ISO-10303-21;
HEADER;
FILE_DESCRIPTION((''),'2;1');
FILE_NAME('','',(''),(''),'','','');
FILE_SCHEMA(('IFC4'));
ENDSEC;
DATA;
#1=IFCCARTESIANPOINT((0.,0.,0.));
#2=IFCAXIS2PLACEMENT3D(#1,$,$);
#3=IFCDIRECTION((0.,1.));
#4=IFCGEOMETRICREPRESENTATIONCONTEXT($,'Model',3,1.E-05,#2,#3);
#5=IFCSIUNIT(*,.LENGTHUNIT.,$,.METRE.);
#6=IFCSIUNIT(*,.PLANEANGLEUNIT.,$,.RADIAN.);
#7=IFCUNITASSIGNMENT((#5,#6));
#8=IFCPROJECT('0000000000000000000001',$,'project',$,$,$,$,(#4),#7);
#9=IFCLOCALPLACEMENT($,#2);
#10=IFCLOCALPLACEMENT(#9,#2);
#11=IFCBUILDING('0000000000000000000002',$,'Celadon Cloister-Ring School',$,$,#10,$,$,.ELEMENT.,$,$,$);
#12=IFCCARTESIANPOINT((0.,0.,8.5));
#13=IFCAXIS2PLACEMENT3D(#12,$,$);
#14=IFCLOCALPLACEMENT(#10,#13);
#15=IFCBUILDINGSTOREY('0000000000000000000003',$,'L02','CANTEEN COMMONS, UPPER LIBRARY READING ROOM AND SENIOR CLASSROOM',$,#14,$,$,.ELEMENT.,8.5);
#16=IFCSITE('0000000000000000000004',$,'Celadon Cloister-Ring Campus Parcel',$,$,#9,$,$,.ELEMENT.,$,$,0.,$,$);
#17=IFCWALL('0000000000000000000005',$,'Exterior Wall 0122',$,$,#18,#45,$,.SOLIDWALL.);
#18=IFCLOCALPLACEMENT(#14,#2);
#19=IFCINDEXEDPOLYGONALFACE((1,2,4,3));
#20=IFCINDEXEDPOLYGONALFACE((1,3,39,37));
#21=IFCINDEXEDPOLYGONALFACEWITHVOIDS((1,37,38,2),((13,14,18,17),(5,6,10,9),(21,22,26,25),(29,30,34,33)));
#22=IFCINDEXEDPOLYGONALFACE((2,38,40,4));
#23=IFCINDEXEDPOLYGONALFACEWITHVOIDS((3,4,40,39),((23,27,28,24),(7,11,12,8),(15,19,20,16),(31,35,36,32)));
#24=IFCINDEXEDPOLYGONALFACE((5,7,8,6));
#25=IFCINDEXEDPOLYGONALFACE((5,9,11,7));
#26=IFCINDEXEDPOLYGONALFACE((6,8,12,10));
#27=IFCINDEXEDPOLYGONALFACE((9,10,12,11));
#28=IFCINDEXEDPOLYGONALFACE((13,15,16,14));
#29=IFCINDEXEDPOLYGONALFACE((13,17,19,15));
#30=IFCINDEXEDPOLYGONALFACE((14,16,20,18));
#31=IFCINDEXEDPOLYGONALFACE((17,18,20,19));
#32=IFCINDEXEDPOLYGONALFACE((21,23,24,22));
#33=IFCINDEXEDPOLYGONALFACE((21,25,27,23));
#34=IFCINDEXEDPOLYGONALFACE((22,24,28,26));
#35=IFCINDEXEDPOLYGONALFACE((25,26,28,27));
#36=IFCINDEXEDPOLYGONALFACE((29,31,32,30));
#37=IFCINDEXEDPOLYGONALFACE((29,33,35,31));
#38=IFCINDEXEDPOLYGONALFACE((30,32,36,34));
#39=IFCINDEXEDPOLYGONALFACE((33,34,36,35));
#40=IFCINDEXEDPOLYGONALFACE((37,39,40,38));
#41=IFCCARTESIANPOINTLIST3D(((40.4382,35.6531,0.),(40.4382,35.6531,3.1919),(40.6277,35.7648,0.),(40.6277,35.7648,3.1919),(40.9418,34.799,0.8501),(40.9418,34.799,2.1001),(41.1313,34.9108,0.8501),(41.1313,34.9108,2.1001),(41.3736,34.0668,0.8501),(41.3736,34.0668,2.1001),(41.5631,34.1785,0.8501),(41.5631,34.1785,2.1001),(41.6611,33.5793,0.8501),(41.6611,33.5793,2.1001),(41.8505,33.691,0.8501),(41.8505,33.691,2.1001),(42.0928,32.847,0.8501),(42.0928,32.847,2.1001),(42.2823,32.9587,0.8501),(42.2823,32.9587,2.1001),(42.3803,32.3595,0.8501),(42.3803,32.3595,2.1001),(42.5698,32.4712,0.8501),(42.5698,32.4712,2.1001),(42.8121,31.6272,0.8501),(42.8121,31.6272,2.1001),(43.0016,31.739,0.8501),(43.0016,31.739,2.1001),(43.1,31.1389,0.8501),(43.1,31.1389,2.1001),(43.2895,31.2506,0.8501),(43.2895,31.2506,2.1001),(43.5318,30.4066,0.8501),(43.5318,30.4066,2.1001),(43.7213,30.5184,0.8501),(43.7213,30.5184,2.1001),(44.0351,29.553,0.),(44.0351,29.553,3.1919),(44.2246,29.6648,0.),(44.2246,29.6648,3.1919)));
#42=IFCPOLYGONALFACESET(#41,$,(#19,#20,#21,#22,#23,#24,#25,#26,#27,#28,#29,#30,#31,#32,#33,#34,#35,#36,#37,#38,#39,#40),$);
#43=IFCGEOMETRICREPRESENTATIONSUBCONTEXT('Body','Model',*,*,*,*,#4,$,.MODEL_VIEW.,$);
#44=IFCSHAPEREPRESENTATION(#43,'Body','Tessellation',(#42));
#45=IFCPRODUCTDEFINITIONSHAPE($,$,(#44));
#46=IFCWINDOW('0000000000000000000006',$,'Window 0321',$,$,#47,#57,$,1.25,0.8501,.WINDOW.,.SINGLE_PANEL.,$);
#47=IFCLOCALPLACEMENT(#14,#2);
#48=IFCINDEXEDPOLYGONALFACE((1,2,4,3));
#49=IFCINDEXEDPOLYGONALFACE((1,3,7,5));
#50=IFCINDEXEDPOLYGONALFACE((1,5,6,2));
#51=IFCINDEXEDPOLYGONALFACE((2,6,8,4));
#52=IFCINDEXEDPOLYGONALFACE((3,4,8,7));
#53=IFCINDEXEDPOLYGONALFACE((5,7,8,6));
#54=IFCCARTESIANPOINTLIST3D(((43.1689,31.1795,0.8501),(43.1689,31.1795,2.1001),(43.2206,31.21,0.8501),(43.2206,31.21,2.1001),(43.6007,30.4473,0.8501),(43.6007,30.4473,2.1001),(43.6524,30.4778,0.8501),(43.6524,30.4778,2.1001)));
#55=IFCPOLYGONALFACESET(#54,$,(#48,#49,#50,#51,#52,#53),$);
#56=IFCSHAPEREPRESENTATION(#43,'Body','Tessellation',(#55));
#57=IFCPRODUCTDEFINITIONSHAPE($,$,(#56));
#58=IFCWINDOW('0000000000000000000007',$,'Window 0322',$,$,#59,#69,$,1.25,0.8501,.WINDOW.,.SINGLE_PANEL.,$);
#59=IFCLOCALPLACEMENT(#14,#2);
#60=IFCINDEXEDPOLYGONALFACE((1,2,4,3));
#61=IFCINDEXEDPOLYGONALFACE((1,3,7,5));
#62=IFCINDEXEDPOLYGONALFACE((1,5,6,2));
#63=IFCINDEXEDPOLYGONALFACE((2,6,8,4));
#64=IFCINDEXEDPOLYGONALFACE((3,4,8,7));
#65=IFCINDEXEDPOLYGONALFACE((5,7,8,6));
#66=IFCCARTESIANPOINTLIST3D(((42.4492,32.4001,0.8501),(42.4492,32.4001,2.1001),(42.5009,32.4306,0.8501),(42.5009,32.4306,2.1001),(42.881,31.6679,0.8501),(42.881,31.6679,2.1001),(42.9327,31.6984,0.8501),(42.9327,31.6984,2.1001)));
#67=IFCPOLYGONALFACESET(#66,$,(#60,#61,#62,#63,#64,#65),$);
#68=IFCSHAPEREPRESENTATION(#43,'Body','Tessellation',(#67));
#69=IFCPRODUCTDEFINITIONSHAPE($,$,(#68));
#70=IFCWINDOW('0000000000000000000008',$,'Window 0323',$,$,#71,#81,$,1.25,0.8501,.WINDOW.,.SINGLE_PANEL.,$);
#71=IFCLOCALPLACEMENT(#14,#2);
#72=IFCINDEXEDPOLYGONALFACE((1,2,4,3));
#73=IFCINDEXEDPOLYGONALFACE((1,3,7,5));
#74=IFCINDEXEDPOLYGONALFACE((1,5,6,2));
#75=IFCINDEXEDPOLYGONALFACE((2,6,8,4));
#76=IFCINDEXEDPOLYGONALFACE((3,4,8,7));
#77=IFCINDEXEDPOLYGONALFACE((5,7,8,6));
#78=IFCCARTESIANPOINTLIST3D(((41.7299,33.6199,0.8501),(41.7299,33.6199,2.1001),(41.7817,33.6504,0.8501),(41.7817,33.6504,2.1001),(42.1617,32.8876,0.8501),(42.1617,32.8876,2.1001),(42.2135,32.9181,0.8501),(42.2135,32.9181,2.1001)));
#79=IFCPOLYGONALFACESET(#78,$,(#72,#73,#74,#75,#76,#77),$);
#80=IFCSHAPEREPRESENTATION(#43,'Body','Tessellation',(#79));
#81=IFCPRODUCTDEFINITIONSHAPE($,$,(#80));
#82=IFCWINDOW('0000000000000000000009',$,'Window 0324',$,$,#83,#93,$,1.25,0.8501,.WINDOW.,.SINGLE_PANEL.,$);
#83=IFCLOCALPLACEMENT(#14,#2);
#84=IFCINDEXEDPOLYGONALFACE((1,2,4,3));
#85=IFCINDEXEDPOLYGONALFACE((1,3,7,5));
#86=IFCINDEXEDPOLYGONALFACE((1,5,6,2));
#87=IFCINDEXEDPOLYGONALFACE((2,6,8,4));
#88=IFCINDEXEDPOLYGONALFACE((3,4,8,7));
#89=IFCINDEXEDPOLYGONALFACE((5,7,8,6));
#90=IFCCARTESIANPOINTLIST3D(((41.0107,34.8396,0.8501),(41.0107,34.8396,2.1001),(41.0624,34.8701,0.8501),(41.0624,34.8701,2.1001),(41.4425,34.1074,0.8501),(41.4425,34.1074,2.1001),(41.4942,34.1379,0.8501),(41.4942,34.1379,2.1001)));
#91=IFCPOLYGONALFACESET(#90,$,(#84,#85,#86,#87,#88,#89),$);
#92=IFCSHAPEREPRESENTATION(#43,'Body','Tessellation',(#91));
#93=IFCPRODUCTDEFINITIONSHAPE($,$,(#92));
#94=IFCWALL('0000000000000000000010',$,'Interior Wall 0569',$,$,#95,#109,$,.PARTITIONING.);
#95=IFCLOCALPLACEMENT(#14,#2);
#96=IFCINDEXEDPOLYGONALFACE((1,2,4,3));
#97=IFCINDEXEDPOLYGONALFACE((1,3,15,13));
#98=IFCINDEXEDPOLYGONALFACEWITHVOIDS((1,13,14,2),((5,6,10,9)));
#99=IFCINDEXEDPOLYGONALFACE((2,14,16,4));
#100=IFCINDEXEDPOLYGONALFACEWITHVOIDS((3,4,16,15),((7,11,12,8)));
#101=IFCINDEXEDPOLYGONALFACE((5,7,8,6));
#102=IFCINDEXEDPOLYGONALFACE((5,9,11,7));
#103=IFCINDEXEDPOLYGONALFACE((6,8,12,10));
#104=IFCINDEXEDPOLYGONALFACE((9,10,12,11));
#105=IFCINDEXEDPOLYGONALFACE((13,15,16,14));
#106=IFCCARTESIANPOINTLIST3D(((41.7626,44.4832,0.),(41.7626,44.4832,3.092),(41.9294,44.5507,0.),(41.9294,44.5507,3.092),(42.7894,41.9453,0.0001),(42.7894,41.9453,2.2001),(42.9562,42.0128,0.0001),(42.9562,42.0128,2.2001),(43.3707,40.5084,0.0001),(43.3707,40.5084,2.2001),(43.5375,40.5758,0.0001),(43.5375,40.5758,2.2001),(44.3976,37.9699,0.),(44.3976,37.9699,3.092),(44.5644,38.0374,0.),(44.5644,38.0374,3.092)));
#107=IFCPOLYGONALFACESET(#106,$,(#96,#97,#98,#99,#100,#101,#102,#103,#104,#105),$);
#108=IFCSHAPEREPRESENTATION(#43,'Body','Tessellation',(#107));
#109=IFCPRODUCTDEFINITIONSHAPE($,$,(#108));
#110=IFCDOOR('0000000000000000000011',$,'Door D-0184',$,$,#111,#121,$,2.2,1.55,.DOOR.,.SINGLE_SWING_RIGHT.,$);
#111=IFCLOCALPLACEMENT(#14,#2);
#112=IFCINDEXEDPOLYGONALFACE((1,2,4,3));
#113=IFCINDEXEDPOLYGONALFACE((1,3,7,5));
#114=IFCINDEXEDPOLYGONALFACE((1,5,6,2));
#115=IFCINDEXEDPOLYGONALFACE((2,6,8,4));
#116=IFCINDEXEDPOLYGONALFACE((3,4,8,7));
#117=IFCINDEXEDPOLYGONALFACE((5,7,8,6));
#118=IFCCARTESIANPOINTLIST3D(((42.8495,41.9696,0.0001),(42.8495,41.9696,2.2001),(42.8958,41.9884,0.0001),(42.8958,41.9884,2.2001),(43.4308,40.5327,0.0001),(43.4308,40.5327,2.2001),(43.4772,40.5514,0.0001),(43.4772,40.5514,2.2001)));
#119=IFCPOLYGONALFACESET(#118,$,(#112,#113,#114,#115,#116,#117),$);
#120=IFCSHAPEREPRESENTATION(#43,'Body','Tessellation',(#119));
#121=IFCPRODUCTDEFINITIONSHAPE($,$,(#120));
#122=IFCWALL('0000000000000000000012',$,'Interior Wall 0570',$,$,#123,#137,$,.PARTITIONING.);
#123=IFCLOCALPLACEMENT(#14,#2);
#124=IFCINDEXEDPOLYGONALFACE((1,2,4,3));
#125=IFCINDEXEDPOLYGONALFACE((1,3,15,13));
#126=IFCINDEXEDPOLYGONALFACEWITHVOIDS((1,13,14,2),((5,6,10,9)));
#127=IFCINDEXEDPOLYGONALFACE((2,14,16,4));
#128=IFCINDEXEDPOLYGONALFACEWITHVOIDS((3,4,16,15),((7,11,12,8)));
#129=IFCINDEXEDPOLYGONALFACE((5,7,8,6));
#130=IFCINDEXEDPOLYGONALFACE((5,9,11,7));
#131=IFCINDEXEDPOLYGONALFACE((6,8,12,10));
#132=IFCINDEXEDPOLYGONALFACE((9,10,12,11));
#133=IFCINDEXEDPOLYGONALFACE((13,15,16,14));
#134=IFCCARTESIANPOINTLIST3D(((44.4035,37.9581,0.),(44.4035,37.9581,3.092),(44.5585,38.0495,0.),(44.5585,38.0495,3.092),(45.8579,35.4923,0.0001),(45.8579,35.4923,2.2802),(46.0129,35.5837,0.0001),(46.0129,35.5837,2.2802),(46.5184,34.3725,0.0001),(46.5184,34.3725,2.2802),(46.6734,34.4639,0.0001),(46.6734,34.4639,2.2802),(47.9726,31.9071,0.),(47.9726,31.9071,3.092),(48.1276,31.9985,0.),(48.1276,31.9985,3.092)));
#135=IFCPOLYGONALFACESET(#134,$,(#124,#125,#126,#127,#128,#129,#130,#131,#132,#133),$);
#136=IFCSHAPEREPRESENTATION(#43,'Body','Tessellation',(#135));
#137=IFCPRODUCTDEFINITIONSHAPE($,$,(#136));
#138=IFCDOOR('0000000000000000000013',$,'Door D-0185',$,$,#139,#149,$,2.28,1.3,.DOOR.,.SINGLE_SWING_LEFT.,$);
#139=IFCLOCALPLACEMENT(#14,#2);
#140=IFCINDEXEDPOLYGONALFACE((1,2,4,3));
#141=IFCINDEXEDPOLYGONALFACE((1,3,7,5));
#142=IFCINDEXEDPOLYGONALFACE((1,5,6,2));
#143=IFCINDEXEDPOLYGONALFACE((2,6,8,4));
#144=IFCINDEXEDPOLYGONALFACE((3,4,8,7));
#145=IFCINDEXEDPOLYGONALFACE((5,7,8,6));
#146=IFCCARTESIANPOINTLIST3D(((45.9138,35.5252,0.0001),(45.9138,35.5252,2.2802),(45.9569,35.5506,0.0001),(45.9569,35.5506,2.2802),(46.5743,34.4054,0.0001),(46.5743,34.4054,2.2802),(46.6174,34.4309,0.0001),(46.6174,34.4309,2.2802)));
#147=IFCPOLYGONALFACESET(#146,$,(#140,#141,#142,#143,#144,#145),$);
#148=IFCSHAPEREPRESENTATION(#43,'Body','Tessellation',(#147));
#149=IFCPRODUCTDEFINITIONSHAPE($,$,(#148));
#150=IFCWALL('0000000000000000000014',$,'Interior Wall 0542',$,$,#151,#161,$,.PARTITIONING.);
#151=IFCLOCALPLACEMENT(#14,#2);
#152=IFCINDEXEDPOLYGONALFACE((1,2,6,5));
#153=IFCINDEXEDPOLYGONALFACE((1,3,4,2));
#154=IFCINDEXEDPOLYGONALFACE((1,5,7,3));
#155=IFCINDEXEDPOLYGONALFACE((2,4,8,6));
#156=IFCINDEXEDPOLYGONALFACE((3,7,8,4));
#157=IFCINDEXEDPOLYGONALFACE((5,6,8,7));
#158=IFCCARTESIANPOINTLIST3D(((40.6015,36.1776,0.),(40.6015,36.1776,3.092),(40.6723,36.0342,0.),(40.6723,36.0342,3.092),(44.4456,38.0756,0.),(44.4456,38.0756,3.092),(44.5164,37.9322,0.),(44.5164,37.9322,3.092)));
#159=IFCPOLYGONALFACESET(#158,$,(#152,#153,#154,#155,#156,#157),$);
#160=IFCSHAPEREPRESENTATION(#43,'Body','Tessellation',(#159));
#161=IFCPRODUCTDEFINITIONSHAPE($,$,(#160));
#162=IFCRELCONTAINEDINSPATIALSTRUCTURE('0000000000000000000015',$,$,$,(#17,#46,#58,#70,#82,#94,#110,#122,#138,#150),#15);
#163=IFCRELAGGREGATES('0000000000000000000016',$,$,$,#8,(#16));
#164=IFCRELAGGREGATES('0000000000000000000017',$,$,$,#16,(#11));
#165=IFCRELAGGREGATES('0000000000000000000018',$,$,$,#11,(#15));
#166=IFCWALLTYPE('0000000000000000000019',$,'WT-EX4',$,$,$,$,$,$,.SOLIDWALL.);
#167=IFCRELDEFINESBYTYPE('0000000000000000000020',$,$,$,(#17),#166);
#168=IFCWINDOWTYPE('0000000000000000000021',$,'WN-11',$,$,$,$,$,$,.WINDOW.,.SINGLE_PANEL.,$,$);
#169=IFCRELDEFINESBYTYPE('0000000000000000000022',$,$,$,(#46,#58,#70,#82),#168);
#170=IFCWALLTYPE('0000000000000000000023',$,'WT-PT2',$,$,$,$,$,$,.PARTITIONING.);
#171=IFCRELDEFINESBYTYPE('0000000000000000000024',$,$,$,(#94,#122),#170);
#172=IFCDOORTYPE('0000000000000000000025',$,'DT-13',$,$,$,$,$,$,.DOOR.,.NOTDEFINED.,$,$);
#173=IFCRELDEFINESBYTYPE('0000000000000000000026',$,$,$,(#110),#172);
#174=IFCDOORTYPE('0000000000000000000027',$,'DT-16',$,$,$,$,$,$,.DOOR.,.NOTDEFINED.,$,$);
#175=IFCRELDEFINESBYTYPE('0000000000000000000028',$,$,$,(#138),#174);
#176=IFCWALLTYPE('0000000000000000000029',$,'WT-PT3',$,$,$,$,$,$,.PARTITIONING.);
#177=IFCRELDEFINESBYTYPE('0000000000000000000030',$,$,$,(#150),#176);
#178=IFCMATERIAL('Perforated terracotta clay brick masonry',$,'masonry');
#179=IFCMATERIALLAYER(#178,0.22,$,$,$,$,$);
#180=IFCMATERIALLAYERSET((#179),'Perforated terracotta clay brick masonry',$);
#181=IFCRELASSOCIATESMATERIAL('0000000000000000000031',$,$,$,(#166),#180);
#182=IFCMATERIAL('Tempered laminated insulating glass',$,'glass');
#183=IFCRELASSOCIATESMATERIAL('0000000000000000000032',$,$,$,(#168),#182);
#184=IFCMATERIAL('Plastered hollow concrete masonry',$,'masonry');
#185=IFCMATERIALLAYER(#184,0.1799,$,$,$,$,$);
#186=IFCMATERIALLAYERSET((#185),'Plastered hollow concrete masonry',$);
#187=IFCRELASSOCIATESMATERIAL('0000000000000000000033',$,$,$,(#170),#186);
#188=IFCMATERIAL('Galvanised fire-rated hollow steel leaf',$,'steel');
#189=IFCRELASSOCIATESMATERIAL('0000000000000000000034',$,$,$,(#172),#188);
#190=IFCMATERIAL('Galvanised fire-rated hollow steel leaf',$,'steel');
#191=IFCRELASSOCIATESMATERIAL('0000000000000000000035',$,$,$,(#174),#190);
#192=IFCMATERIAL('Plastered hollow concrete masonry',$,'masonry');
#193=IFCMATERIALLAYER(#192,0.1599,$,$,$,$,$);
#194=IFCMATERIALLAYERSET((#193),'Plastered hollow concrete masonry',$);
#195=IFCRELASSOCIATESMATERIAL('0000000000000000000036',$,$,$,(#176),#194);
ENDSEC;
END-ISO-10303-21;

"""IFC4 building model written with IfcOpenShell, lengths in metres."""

from ifc_helpers import new_model, si_unit, direction, frame, frame_2d, origin, place, context, subcontext, project, spatial, rectangle, extrude, material, layer, layer_set, type_object, element, fill, save


model = new_model("IFC4")

# Units and contexts
model_context = context("Model", 3, precision=1e-05, world=origin(), true_north=direction((0.0, 1.0)))
body_context = subcontext(model_context, "Body", "Model", "MODEL_VIEW")
ifc_project = project(units=[si_unit("LENGTHUNIT", "METRE"), si_unit("PLANEANGLEUNIT", "RADIAN")], contexts=[model_context])

# Site, building, storey
site_placement = place(None, origin())
site = spatial("IfcSite", under=ifc_project, at=site_placement, Name="Celadon Cloister-Ring Campus Parcel", CompositionType="ELEMENT", RefElevation=0.0)
building_placement = place(site_placement, origin())
building = spatial("IfcBuilding", under=site, at=building_placement, Name="Celadon Cloister-Ring School", CompositionType="ELEMENT")
storey_placement = place(building_placement, frame((0.0, 0.0, 8.5)))
storey = spatial("IfcBuildingStorey", under=building, at=storey_placement, Name="L02", Description="CANTEEN COMMONS, UPPER LIBRARY READING ROOM AND SENIOR CLASSROOM", CompositionType="ELEMENT", Elevation=8.5)

# Wall, openings, windows
ifc_material_1 = material(Name="Perforated terracotta clay brick masonry", Category="masonry")
ifc_layer_1 = layer(ifc_material_1, 0.22)
ifc_layer_set_1 = layer_set([ifc_layer_1], Name="Perforated terracotta clay brick masonry")
wall_type_1 = type_object("IfcWallType", Name="WT-EX4", PredefinedType="SOLIDWALL", material=ifc_layer_set_1)
wall_1_placement = place(storey_placement, frame((44.1299, 29.6089, 0.0), z_axis=(0.0, 0.0, 1.0), x_axis=(-0.507925, 0.861401, 0.0)))
wall_1 = element("IfcWall", 1, at=wall_1_placement, inside=storey, type_object=wall_type_1, Name="Exterior Wall 0122", PredefinedType="SOLIDWALL", context=body_context, shape_type="SweptSolid", body=[
    extrude(rectangle(XDim=7.0815, YDim=0.22, at=frame_2d((3.5408, 0.0))), origin(), (0.0, 0.0, 1.0), 3.1919),
])
opening_1_placement = place(wall_1_placement, frame((0.991, 0.0, 0.8501)))
opening_1 = element("IfcOpeningElement", 2, at=opening_1_placement, cuts=wall_1, PredefinedType="OPENING", context=body_context, shape_type="SweptSolid", body=[
    extrude(rectangle(XDim=0.8501, YDim=1.25, at=frame_2d((0.425, 0.625))), frame((0.0, 0.1201, 0.0), z_axis=(0.0, -1.0, 0.0), x_axis=(1.0, 0.0, 0.0)), (0.0, 0.0, 1.0), 0.24),
])
opening_2_placement = place(wall_1_placement, frame((2.408, 0.0, 0.8501)))
opening_2 = element("IfcOpeningElement", 3, at=opening_2_placement, cuts=wall_1, PredefinedType="OPENING", context=body_context, shape_type="SweptSolid", body=[
    extrude(rectangle(XDim=0.8501, YDim=1.25, at=frame_2d((0.425, 0.625))), frame((0.0, 0.1201, 0.0), z_axis=(0.0, -1.0, 0.0), x_axis=(1.0, 0.0, 0.0)), (0.0, 0.0, 1.0), 0.24),
])
opening_3_placement = place(wall_1_placement, frame((3.824, 0.0, 0.8501)))
opening_3 = element("IfcOpeningElement", 4, at=opening_3_placement, cuts=wall_1, PredefinedType="OPENING", context=body_context, shape_type="SweptSolid", body=[
    extrude(rectangle(XDim=0.8501, YDim=1.25, at=frame_2d((0.425, 0.625))), frame((0.0, 0.1201, 0.0), z_axis=(0.0, -1.0, 0.0), x_axis=(1.0, 0.0, 0.0)), (0.0, 0.0, 1.0), 0.24),
])
opening_4_placement = place(wall_1_placement, frame((5.24, 0.0, 0.8501)))
opening_4 = element("IfcOpeningElement", 5, at=opening_4_placement, cuts=wall_1, PredefinedType="OPENING", context=body_context, shape_type="SweptSolid", body=[
    extrude(rectangle(XDim=0.8501, YDim=1.25, at=frame_2d((0.425, 0.625))), frame((0.0, 0.1201, 0.0), z_axis=(0.0, -1.0, 0.0), x_axis=(1.0, 0.0, 0.0)), (0.0, 0.0, 1.0), 0.24),
])
ifc_material_2 = material(Name="Tempered laminated insulating glass", Category="glass")
window_type_1 = type_object("IfcWindowType", Name="WN-11", PartitioningType="SINGLE_PANEL", PredefinedType="WINDOW", material=ifc_material_2)
window_1_placement = place(opening_1_placement, origin())
window_1 = element("IfcWindow", 6, at=window_1_placement, inside=storey, type_object=window_type_1, Name="Window 0321", OverallHeight=1.25, OverallWidth=0.8501, PartitioningType="SINGLE_PANEL", PredefinedType="WINDOW", context=body_context, shape_type="SweptSolid", body=[
    extrude(rectangle(XDim=0.8501, YDim=1.25, at=frame_2d((0.425, 0.625))), frame((0.0, 0.03, 0.0), z_axis=(0.0, -1.0, 0.0), x_axis=(1.0, 0.0, 0.0)), (0.0, 0.0, 1.0), 0.0601),
])
fill(opening_1, window_1)
window_2_placement = place(opening_2_placement, origin())
window_2 = element("IfcWindow", 7, at=window_2_placement, inside=storey, type_object=window_type_1, Name="Window 0322", OverallHeight=1.25, OverallWidth=0.8501, PartitioningType="SINGLE_PANEL", PredefinedType="WINDOW", context=body_context, shape_type="SweptSolid", body=[
    extrude(rectangle(XDim=0.8501, YDim=1.25, at=frame_2d((0.425, 0.625))), frame((0.0, 0.03, 0.0), z_axis=(0.0, -1.0, 0.0), x_axis=(1.0, 0.0, 0.0)), (0.0, 0.0, 1.0), 0.0601),
])
fill(opening_2, window_2)
window_3_placement = place(opening_3_placement, origin())
window_3 = element("IfcWindow", 8, at=window_3_placement, inside=storey, type_object=window_type_1, Name="Window 0323", OverallHeight=1.25, OverallWidth=0.8501, PartitioningType="SINGLE_PANEL", PredefinedType="WINDOW", context=body_context, shape_type="SweptSolid", body=[
    extrude(rectangle(XDim=0.8501, YDim=1.25, at=frame_2d((0.425, 0.625))), frame((0.0, 0.03, 0.0), z_axis=(0.0, -1.0, 0.0), x_axis=(1.0, 0.0, 0.0)), (0.0, 0.0, 1.0), 0.0601),
])
fill(opening_3, window_3)
window_4_placement = place(opening_4_placement, origin())
window_4 = element("IfcWindow", 9, at=window_4_placement, inside=storey, type_object=window_type_1, Name="Window 0324", OverallHeight=1.25, OverallWidth=0.8501, PartitioningType="SINGLE_PANEL", PredefinedType="WINDOW", context=body_context, shape_type="SweptSolid", body=[
    extrude(rectangle(XDim=0.8501, YDim=1.25, at=frame_2d((0.425, 0.625))), frame((0.0, 0.03, 0.0), z_axis=(0.0, -1.0, 0.0), x_axis=(1.0, 0.0, 0.0)), (0.0, 0.0, 1.0), 0.0601),
])
fill(opening_4, window_4)

# Walls, openings, doors
ifc_material_3 = material(Name="Plastered hollow concrete masonry", Category="masonry")
ifc_layer_2 = layer(ifc_material_3, 0.1799)
ifc_layer_set_2 = layer_set([ifc_layer_2], Name="Plastered hollow concrete masonry")
wall_type_2 = type_object("IfcWallType", Name="WT-PT2", PredefinedType="PARTITIONING", material=ifc_layer_set_2)
wall_2_placement = place(storey_placement, frame((41.8459, 44.5171, 0.0), z_axis=(0.0, 0.0, 1.0), x_axis=(0.375036, -0.92701, 0.0)))
wall_2 = element("IfcWall", 10, at=wall_2_placement, inside=storey, type_object=wall_type_2, Name="Interior Wall 0569", PredefinedType="PARTITIONING", context=body_context, shape_type="SweptSolid", body=[
    extrude(rectangle(XDim=7.0261, YDim=0.1799, at=frame_2d((3.5132, 0.0))), origin(), (0.0, 0.0, 1.0), 3.092),
])
opening_5_placement = place(wall_2_placement, frame((2.738, 0.0, 0.0)))
opening_5 = element("IfcOpeningElement", 11, at=opening_5_placement, cuts=wall_2, PredefinedType="OPENING", context=body_context, shape_type="SweptSolid", body=[
    extrude(rectangle(XDim=1.55, YDim=2.2, at=frame_2d((0.7749, 1.1001))), frame((0.0, 0.1001, 0.0), z_axis=(0.0, -1.0, 0.0), x_axis=(1.0, 0.0, 0.0)), (0.0, 0.0, 1.0), 0.2),
])
ifc_material_4 = material(Name="Galvanised fire-rated hollow steel leaf", Category="steel")
door_type_1 = type_object("IfcDoorType", Name="DT-13", OperationType="NOTDEFINED", PredefinedType="DOOR", material=ifc_material_4)
door_1_placement = place(opening_5_placement, origin())
door_1 = element("IfcDoor", 12, at=door_1_placement, inside=storey, type_object=door_type_1, Name="Door D-0184", OperationType="SINGLE_SWING_RIGHT", OverallHeight=2.2, OverallWidth=1.55, PredefinedType="DOOR", context=body_context, shape_type="SweptSolid", body=[
    extrude(rectangle(XDim=1.55, YDim=2.2, at=frame_2d((0.7749, 1.1001))), frame((0.0, 0.0249, 0.0), z_axis=(0.0, -1.0, 0.0), x_axis=(1.0, 0.0, 0.0)), (0.0, 0.0, 1.0), 0.05),
])
fill(opening_5, door_1)
wall_3_placement = place(storey_placement, frame((44.481, 38.0039, 0.0), z_axis=(0.0, 0.0, 1.0), x_axis=(0.508042, -0.861332, 0.0)))
wall_3 = element("IfcWall", 13, at=wall_3_placement, inside=storey, type_object=wall_type_2, Name="Interior Wall 0570", PredefinedType="PARTITIONING", context=body_context, shape_type="SweptSolid", body=[
    extrude(rectangle(XDim=7.0251, YDim=0.1799, at=frame_2d((3.5127, 0.0))), origin(), (0.0, 0.0, 1.0), 3.092),
])
opening_6_placement = place(wall_3_placement, frame((2.863, 0.0, 0.0)))
opening_6 = element("IfcOpeningElement", 14, at=opening_6_placement, cuts=wall_3, PredefinedType="OPENING", context=body_context, shape_type="SweptSolid", body=[
    extrude(rectangle(XDim=1.3, YDim=2.28, at=frame_2d((0.6499, 1.1401))), frame((0.0, 0.1001, 0.0), z_axis=(0.0, -1.0, 0.0), x_axis=(1.0, 0.0, 0.0)), (0.0, 0.0, 1.0), 0.2),
])
ifc_material_5 = material(Name="Galvanised fire-rated hollow steel leaf", Category="steel")
door_type_2 = type_object("IfcDoorType", Name="DT-16", OperationType="NOTDEFINED", PredefinedType="DOOR", material=ifc_material_5)
door_2_placement = place(opening_6_placement, origin())
door_2 = element("IfcDoor", 15, at=door_2_placement, inside=storey, type_object=door_type_2, Name="Door D-0185", OperationType="SINGLE_SWING_LEFT", OverallHeight=2.28, OverallWidth=1.3, PredefinedType="DOOR", context=body_context, shape_type="SweptSolid", body=[
    extrude(rectangle(XDim=1.3, YDim=2.28, at=frame_2d((0.6499, 1.1401))), frame((0.0, 0.0249, 0.0), z_axis=(0.0, -1.0, 0.0), x_axis=(1.0, 0.0, 0.0)), (0.0, 0.0, 1.0), 0.05),
])
fill(opening_6, door_2)

# Wall
ifc_material_6 = material(Name="Plastered hollow concrete masonry", Category="masonry")
ifc_layer_3 = layer(ifc_material_6, 0.1599)
ifc_layer_set_3 = layer_set([ifc_layer_3], Name="Plastered hollow concrete masonry")
wall_type_3 = type_object("IfcWallType", Name="WT-PT3", PredefinedType="PARTITIONING", material=ifc_layer_set_3)
wall_4_placement = place(storey_placement, frame((44.481, 38.0039, 0.0), z_axis=(0.0, 0.0, 1.0), x_axis=(-0.89666, -0.44272, 0.0)))
element("IfcWall", 16, at=wall_4_placement, inside=storey, type_object=wall_type_3, Name="Interior Wall 0542", PredefinedType="PARTITIONING", context=body_context, shape_type="SweptSolid", body=[
    extrude(rectangle(XDim=4.2871, YDim=0.1599, at=frame_2d((2.1436, 0.0))), origin(), (0.0, 0.0, 1.0), 3.092),
])

save(model, "model.ifc")
